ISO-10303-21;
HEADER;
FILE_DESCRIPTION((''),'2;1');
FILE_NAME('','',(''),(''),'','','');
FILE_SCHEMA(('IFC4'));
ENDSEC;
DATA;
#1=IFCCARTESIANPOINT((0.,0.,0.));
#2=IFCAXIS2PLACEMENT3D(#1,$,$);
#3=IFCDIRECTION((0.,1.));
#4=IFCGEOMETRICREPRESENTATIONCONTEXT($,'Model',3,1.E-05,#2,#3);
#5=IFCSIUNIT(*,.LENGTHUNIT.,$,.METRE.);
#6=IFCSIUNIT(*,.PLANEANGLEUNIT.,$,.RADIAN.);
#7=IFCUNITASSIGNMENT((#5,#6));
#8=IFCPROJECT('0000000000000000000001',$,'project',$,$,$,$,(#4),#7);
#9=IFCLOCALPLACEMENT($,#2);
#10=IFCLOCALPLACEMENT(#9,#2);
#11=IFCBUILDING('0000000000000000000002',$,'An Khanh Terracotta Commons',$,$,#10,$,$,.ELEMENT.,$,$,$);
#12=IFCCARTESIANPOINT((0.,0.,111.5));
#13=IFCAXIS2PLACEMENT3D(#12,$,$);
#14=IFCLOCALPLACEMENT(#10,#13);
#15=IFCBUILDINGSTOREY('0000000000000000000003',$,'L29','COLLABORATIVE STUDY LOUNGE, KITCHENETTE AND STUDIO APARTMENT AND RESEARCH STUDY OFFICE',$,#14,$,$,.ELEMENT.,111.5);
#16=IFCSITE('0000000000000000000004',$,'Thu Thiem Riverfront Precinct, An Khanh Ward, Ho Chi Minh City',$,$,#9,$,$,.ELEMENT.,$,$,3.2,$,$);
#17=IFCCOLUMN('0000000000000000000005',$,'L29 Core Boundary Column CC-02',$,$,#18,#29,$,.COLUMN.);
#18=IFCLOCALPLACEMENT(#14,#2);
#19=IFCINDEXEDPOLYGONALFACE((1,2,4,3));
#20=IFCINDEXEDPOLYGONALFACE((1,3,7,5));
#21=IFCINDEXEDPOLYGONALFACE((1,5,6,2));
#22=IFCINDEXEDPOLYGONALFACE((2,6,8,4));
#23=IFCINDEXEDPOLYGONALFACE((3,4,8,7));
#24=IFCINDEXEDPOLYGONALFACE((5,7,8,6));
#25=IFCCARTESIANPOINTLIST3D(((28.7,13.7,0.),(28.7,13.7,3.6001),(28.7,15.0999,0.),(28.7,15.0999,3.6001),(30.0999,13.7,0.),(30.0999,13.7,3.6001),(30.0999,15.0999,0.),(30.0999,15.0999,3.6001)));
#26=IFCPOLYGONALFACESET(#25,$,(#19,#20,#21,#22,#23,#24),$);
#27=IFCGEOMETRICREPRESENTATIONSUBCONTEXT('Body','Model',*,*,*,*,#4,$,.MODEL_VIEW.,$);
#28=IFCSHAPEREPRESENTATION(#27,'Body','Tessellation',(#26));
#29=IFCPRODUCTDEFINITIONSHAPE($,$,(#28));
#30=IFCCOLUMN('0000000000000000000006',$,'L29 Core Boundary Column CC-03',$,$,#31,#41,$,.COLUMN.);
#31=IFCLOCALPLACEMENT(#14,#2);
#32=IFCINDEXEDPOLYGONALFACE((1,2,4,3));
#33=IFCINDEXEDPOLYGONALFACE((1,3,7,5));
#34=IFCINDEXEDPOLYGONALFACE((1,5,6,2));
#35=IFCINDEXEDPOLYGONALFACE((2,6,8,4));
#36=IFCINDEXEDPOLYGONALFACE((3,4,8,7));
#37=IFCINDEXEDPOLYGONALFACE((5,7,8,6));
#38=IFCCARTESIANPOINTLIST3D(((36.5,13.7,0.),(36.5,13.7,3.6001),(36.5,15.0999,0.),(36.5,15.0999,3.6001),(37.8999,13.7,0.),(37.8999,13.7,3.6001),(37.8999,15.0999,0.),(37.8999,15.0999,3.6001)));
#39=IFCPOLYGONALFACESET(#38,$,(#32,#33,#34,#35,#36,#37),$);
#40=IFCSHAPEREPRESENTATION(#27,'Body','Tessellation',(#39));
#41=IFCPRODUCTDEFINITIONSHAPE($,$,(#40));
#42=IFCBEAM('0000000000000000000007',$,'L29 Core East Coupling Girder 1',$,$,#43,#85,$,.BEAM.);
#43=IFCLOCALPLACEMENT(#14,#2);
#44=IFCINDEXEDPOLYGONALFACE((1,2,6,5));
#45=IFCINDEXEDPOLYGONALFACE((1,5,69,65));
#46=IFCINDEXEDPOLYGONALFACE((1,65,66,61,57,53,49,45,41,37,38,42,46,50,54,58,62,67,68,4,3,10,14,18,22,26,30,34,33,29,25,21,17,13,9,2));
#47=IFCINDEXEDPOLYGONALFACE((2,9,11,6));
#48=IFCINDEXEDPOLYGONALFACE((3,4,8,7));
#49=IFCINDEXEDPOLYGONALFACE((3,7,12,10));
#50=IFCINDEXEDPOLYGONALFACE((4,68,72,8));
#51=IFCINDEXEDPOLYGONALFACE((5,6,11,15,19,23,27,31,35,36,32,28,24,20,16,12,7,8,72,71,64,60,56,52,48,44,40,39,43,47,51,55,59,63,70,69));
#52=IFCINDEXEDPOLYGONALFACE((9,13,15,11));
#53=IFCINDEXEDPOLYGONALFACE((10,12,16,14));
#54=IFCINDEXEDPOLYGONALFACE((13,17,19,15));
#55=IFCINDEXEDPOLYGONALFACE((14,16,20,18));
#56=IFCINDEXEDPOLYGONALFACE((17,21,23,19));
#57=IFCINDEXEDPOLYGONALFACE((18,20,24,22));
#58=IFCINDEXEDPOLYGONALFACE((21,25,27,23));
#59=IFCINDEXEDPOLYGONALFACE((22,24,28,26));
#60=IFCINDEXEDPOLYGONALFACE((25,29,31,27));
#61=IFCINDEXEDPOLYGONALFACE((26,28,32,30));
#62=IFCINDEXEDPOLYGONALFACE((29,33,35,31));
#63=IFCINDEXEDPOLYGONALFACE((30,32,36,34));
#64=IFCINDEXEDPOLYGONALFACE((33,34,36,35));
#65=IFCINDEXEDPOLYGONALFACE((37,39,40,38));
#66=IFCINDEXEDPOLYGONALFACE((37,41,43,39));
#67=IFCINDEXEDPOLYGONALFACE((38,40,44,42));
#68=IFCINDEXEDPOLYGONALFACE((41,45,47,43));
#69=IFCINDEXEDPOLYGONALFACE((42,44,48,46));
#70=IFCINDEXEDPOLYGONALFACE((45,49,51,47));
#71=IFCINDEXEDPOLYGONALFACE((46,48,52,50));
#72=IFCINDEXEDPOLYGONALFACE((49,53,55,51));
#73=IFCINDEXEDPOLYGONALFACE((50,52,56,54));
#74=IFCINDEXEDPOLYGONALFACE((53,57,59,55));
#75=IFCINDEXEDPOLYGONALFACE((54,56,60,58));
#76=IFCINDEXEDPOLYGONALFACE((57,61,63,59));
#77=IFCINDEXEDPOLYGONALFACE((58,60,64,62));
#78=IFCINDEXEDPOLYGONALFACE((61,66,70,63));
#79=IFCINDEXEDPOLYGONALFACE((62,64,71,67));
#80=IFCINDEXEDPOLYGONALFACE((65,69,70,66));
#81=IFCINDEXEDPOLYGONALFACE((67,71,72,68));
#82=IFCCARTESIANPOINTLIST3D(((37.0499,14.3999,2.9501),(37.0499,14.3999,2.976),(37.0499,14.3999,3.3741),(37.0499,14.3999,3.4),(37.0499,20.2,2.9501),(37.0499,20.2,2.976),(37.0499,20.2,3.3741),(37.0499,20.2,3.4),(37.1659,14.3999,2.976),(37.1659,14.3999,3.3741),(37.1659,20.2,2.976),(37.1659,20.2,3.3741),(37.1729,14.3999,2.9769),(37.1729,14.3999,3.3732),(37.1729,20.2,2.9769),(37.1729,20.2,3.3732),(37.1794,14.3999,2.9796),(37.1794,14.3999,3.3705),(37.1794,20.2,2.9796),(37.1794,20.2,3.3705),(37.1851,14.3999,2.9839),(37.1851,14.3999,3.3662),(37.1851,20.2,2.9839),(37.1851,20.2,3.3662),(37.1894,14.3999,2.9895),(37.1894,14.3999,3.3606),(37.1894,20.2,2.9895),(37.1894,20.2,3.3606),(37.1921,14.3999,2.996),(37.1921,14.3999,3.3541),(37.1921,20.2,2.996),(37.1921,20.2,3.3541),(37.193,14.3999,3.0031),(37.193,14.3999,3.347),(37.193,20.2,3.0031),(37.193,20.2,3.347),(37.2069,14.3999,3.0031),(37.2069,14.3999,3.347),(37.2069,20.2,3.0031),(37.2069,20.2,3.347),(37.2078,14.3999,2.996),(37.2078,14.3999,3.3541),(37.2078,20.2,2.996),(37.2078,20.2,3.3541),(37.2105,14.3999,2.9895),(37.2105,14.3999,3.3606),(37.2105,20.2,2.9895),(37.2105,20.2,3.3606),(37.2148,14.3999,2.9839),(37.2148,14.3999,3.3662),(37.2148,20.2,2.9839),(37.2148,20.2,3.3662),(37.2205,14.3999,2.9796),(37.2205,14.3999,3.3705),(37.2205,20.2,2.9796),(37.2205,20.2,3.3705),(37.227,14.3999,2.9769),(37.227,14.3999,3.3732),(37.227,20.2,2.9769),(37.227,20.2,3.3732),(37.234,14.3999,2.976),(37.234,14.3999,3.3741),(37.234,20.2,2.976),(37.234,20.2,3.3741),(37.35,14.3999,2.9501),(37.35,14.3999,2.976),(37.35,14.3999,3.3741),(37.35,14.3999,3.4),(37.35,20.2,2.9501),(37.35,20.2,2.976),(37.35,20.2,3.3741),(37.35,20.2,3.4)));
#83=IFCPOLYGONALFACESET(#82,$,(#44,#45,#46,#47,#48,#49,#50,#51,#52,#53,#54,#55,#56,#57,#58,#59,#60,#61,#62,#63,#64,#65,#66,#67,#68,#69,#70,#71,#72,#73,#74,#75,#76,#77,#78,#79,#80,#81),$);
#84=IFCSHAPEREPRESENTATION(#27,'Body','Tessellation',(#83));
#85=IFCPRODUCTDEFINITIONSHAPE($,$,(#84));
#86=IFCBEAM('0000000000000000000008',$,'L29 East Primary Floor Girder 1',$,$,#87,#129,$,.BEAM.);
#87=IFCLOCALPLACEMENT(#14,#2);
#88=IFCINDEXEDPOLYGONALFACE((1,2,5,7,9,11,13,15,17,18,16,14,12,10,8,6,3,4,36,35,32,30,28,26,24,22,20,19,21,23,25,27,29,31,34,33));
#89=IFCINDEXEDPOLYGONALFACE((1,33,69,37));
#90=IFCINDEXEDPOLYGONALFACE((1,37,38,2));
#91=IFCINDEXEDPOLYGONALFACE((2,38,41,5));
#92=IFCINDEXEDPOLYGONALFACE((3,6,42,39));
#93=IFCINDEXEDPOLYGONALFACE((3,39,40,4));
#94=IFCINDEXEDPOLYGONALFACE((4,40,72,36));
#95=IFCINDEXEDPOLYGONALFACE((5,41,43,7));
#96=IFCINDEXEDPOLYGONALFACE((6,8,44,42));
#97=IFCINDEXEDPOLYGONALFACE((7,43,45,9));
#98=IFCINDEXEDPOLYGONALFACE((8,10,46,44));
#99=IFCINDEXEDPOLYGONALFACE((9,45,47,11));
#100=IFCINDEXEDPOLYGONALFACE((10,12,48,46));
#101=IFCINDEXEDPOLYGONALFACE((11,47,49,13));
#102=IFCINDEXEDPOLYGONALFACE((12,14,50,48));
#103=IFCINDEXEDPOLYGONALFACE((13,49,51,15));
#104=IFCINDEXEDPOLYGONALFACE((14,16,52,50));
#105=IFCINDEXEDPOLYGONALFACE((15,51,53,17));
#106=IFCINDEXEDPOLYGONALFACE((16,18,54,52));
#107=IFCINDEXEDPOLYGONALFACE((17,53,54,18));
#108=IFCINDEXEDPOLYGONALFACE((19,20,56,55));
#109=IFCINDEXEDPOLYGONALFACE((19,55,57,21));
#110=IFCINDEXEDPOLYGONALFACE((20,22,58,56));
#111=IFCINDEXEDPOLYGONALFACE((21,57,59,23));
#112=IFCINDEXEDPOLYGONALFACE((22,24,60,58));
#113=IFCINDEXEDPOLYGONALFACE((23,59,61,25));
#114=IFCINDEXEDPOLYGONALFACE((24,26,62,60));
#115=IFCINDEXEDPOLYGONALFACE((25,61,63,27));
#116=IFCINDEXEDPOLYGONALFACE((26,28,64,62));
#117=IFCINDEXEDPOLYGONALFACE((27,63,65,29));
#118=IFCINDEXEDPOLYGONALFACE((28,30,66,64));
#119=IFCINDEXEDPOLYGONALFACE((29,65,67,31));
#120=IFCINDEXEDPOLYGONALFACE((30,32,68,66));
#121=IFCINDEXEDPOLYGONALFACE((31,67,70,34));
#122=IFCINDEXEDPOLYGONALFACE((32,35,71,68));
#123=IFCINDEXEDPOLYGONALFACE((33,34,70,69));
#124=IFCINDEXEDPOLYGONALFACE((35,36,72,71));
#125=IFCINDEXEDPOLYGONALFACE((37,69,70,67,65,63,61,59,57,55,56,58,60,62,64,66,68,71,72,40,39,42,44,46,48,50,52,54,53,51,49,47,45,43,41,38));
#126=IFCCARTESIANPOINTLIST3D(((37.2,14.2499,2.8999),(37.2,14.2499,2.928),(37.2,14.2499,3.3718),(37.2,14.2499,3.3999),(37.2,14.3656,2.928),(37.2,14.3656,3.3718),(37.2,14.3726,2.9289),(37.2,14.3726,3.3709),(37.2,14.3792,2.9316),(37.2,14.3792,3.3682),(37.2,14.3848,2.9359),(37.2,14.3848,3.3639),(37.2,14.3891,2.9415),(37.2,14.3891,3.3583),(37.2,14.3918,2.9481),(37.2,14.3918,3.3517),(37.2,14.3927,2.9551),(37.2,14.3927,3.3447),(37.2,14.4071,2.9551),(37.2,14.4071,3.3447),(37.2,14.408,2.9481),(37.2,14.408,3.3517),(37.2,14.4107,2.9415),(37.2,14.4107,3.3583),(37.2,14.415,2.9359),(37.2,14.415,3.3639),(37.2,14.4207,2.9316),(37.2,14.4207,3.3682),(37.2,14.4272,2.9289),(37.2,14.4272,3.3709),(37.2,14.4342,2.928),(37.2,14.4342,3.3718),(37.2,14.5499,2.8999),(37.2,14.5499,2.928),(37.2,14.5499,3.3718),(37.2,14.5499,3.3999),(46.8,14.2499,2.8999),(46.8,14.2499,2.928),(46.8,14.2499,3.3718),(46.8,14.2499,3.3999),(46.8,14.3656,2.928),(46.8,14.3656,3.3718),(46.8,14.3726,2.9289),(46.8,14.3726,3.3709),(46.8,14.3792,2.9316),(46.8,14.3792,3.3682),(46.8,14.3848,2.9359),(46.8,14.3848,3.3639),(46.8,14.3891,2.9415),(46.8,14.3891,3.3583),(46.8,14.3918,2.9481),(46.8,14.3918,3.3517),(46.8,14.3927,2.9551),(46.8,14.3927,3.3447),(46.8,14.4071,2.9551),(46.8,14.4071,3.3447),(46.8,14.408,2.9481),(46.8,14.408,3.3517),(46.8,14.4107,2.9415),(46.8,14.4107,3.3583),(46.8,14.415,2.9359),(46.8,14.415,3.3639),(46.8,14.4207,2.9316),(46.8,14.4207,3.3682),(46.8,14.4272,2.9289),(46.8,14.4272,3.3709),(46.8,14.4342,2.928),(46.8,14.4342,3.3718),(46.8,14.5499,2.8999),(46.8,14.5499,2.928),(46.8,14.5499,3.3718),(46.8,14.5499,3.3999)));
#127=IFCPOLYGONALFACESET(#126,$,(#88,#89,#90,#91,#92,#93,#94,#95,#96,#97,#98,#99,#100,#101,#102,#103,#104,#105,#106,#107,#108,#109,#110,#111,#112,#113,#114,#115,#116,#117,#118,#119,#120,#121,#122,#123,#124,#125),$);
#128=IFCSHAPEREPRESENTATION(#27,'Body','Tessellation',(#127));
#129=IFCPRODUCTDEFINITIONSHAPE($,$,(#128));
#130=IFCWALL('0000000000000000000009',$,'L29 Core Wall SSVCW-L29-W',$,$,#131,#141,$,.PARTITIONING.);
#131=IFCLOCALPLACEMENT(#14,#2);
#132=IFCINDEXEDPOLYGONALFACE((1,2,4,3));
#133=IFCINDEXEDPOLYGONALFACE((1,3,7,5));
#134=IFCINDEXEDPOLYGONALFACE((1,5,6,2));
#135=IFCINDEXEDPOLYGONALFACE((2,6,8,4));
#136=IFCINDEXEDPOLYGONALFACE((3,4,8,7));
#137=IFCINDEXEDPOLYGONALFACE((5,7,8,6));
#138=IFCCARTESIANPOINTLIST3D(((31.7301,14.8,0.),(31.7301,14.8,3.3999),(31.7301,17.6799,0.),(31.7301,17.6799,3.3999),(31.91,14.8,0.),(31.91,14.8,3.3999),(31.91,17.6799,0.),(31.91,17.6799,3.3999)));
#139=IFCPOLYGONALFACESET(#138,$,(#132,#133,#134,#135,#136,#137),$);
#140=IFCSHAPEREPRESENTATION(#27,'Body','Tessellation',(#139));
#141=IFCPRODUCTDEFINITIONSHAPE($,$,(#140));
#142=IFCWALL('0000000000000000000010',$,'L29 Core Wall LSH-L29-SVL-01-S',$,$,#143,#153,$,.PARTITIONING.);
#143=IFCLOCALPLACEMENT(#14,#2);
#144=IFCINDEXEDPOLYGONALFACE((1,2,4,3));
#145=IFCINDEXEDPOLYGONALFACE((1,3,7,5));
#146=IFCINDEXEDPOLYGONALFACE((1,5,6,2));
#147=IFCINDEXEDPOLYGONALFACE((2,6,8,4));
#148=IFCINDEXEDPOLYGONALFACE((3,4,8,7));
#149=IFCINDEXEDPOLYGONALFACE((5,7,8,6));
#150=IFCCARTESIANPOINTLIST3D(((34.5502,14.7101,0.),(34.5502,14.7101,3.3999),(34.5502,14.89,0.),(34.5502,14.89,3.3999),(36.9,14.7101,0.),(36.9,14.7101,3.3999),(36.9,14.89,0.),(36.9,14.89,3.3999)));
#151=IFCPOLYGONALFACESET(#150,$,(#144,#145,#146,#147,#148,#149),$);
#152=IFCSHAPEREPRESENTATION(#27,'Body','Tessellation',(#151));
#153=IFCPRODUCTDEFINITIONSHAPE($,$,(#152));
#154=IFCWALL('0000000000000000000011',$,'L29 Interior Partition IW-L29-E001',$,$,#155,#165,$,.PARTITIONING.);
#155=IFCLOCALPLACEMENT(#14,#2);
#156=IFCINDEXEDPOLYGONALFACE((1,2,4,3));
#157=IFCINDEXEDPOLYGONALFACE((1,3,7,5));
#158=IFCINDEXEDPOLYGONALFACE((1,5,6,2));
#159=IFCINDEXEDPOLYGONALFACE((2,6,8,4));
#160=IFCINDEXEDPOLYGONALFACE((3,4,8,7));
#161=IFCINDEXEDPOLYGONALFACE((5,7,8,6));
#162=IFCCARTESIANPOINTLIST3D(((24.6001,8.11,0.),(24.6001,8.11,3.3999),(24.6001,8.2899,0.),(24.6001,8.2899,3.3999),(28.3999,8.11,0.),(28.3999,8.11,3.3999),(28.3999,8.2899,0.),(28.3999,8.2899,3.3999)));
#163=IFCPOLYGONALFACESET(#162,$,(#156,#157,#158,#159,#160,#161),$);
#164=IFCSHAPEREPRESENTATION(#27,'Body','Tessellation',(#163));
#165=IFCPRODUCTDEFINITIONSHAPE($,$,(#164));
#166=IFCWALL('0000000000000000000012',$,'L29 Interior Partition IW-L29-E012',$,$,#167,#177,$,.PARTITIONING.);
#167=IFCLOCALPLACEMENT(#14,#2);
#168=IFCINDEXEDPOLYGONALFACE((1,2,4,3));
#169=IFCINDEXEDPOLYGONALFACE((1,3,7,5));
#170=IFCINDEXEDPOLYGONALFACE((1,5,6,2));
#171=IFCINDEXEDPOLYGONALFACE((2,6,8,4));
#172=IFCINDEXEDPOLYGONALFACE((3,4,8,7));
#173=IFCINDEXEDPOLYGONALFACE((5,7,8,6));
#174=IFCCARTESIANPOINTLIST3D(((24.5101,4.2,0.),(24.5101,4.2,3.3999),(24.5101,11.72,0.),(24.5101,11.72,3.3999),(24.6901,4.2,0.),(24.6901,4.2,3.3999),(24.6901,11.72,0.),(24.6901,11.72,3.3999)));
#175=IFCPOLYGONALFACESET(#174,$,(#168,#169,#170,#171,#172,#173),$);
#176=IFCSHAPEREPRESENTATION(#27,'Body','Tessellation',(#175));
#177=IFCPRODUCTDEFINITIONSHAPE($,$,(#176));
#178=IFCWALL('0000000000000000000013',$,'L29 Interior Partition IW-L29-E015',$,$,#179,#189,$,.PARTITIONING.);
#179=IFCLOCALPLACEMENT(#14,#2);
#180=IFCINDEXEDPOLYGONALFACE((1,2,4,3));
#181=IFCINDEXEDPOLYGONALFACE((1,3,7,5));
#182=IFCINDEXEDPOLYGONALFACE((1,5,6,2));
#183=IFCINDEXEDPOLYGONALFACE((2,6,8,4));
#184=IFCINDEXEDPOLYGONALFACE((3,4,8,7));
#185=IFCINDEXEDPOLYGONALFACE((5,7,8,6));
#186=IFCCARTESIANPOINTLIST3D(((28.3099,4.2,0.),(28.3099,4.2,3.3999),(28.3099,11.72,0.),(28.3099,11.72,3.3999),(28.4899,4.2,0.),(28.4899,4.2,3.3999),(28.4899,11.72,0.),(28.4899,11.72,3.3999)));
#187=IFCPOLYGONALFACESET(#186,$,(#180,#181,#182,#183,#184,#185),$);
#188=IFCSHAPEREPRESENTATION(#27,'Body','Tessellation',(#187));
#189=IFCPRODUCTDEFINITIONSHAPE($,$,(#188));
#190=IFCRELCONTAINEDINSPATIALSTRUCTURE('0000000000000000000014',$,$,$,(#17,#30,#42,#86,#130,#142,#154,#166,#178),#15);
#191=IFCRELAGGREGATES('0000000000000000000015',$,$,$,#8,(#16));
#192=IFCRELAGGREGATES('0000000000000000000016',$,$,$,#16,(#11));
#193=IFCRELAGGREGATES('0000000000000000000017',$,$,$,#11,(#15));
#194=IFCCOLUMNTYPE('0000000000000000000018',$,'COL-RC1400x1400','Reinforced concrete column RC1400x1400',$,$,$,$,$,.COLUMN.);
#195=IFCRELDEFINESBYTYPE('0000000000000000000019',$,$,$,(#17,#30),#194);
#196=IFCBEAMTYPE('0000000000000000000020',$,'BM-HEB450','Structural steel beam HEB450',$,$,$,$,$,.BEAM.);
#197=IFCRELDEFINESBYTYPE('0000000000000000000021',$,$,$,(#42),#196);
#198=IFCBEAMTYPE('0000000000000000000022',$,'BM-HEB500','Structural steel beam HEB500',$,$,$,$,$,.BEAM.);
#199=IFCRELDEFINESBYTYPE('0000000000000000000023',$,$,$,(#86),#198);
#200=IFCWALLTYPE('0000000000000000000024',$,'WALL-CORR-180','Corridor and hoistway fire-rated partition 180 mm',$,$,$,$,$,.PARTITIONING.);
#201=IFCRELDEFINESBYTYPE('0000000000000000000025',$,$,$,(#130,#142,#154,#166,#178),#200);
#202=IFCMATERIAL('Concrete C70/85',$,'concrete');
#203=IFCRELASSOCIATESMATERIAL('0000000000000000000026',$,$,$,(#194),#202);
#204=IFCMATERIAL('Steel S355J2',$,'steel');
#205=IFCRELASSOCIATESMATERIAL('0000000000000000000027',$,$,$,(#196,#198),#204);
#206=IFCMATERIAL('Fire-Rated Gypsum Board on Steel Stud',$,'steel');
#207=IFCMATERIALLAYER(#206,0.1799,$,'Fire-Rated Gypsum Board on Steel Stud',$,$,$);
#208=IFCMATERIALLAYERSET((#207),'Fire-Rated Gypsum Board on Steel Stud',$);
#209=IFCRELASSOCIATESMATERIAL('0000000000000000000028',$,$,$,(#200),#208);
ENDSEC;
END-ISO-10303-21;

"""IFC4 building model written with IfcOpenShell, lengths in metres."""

from ifc_helpers import new_model, si_unit, direction, frame, frame_2d, origin, origin_2d, place, context, subcontext, project, spatial, rectangle, i_section, extrude, material, layer, layer_set, material_profile, profile_set, type_object, element, save


model = new_model("IFC4")

# Units and contexts
model_context = context("Model", 3, precision=1e-05, world=origin(), true_north=direction((0.0, 1.0)))
body_context = subcontext(model_context, "Body", "Model", "MODEL_VIEW")
ifc_project = project(units=[si_unit("LENGTHUNIT", "METRE"), si_unit("PLANEANGLEUNIT", "RADIAN")], contexts=[model_context])

# Site, building, storey
site_placement = place(None, origin())
site = spatial("IfcSite", under=ifc_project, at=site_placement, Name="Thu Thiem Riverfront Precinct, An Khanh Ward, Ho Chi Minh City", CompositionType="ELEMENT", RefElevation=3.2)
building_placement = place(site_placement, origin())
building = spatial("IfcBuilding", under=site, at=building_placement, Name="An Khanh Terracotta Commons", CompositionType="ELEMENT")
storey_placement = place(building_placement, frame((0.0, 0.0, 111.5)))
storey = spatial("IfcBuildingStorey", under=building, at=storey_placement, Name="L29", Description="COLLABORATIVE STUDY LOUNGE, KITCHENETTE AND STUDIO APARTMENT AND RESEARCH STUDY OFFICE", CompositionType="ELEMENT", Elevation=111.5)

# Columns
ifc_material_1 = material(Name="Concrete C70/85", Category="concrete")
ifc_material_profile_1 = material_profile(ifc_material_1, rectangle(XDim=1.3999, YDim=1.3999, at=origin_2d()), Name="RC1400x1400")
ifc_profile_set_1 = profile_set([ifc_material_profile_1], Name="Concrete C70/85")
column_type = type_object("IfcColumnType", Name="COL-RC1400x1400", Description="Reinforced concrete column RC1400x1400", PredefinedType="COLUMN", material=ifc_profile_set_1)
for number, where, z_axis, x_axis, name in (
    (1, (29.3999, 14.3999, 0.0), (0.0, 0.0, 1.0), (1.0, 0.0, 0.0), "L29 Core Boundary Column CC-02"),
    (2, (37.2, 14.3999, 0.0), (0.0, 0.0, 1.0), (1.0, 0.0, 0.0), "L29 Core Boundary Column CC-03"),
):
    element("IfcColumn", number, at=place(storey_placement, frame(where, z_axis=z_axis, x_axis=x_axis)), inside=storey, type_object=column_type, Name=name, PredefinedType="COLUMN", context=body_context, shape_type="SweptSolid", body=[
        extrude(rectangle(XDim=1.3999, YDim=1.3999, at=origin_2d()), origin(), (0.0, 0.0, 1.0), 3.6001),
    ])

# Beams
ifc_material_2 = material(Name="Steel S355J2", Category="steel")
ifc_material_profile_2 = material_profile(ifc_material_2, i_section(OverallWidth=0.3, OverallDepth=0.45, WebThickness=0.0139, FlangeThickness=0.0259, FilletRadius=0.0271, at=origin_2d()), Name="HEB450")
ifc_profile_set_2 = profile_set([ifc_material_profile_2], Name="Steel S355J2")
beam_type_1 = type_object("IfcBeamType", Name="BM-HEB450", Description="Structural steel beam HEB450", PredefinedType="BEAM", material=ifc_profile_set_2)
beam_1_placement = place(storey_placement, frame((37.2, 14.3999, 3.175), z_axis=(0.0, 1.0, 0.0), x_axis=(-1.0, 0.0, 0.0)))
element("IfcBeam", 3, at=beam_1_placement, inside=storey, type_object=beam_type_1, Name="L29 Core East Coupling Girder 1", PredefinedType="BEAM", context=body_context, shape_type="SweptSolid", body=[
    extrude(i_section(OverallWidth=0.3, OverallDepth=0.45, WebThickness=0.0139, FlangeThickness=0.0259, FilletRadius=0.0271, at=origin_2d()), origin(), (0.0, 0.0, 1.0), 5.8),
])
ifc_material_profile_3 = material_profile(ifc_material_2, i_section(OverallWidth=0.3, OverallDepth=0.5, WebThickness=0.0144, FlangeThickness=0.0281, FilletRadius=0.0271, at=origin_2d()), Name="HEB500")
ifc_profile_set_3 = profile_set([ifc_material_profile_3], Name="Steel S355J2")
beam_type_2 = type_object("IfcBeamType", Name="BM-HEB500", Description="Structural steel beam HEB500", PredefinedType="BEAM", material=ifc_profile_set_3)
beam_2_placement = place(storey_placement, frame((37.2, 14.3999, 3.1499), z_axis=(1.0, 0.0, 0.0), x_axis=(0.0, 1.0, 0.0)))
element("IfcBeam", 4, at=beam_2_placement, inside=storey, type_object=beam_type_2, Name="L29 East Primary Floor Girder 1", PredefinedType="BEAM", context=body_context, shape_type="SweptSolid", body=[
    extrude(i_section(OverallWidth=0.3, OverallDepth=0.5, WebThickness=0.0144, FlangeThickness=0.0281, FilletRadius=0.0271, at=origin_2d()), origin(), (0.0, 0.0, 1.0), 9.6001),
])

# Walls
ifc_material_3 = material(Name="Fire-Rated Gypsum Board on Steel Stud", Category="steel")
ifc_layer_1 = layer(ifc_material_3, 0.1799, Name="Fire-Rated Gypsum Board on Steel Stud")
ifc_layer_set_1 = layer_set([ifc_layer_1], Name="Fire-Rated Gypsum Board on Steel Stud")
wall_type_1 = type_object("IfcWallType", Name="WALL-CORR-180", Description="Corridor and hoistway fire-rated partition 180 mm", PredefinedType="PARTITIONING", material=ifc_layer_set_1)
wall_1_placement = place(storey_placement, frame((31.8201, 14.8, 0.0), z_axis=(0.0, 0.0, 1.0), x_axis=(0.0, 1.0, 0.0)))
element("IfcWall", 5, at=wall_1_placement, inside=storey, type_object=wall_type_1, Name="L29 Core Wall SSVCW-L29-W", PredefinedType="PARTITIONING", context=body_context, shape_type="SweptSolid", body=[
    extrude(rectangle(XDim=2.8799, YDim=0.1799, at=frame_2d((1.4399, 0.0))), origin(), (0.0, 0.0, 1.0), 3.3999),
])
wall_2_placement = place(storey_placement, frame((36.8999, 14.8, 0.0), z_axis=(0.0, 0.0, 1.0), x_axis=(-1.0, 0.0, 0.0)))
element("IfcWall", 6, at=wall_2_placement, inside=storey, type_object=wall_type_1, Name="L29 Core Wall LSH-L29-SVL-01-S", PredefinedType="PARTITIONING", context=body_context, shape_type="SweptSolid", body=[
    extrude(rectangle(XDim=2.3499, YDim=0.1799, at=frame_2d((1.1748, 0.0))), origin(), (0.0, 0.0, 1.0), 3.3999),
])
wall_3_placement = place(storey_placement, frame((24.6001, 8.2, 0.0), z_axis=(0.0, 0.0, 1.0), x_axis=(1.0, 0.0, 0.0)))
element("IfcWall", 7, at=wall_3_placement, inside=storey, type_object=wall_type_1, Name="L29 Interior Partition IW-L29-E001", PredefinedType="PARTITIONING", context=body_context, shape_type="SweptSolid", body=[
    extrude(rectangle(XDim=3.7998, YDim=0.1799, at=frame_2d((1.8999, 0.0))), origin(), (0.0, 0.0, 1.0), 3.3999),
])
for number, where, z_axis, x_axis, name in (
    (8, (24.6001, 4.2, 0.0), (0.0, 0.0, 1.0), (0.0, 1.0, 0.0), "L29 Interior Partition IW-L29-E012"),
    (9, (28.3999, 4.2, 0.0), (0.0, 0.0, 1.0), (0.0, 1.0, 0.0), "L29 Interior Partition IW-L29-E015"),
):
    element("IfcWall", number, at=place(storey_placement, frame(where, z_axis=z_axis, x_axis=x_axis)), inside=storey, type_object=wall_type_1, Name=name, PredefinedType="PARTITIONING", context=body_context, shape_type="SweptSolid", body=[
        extrude(rectangle(XDim=7.52, YDim=0.1799, at=frame_2d((3.76, 0.0))), origin(), (0.0, 0.0, 1.0), 3.3999),
    ])

save(model, "model.ifc")
